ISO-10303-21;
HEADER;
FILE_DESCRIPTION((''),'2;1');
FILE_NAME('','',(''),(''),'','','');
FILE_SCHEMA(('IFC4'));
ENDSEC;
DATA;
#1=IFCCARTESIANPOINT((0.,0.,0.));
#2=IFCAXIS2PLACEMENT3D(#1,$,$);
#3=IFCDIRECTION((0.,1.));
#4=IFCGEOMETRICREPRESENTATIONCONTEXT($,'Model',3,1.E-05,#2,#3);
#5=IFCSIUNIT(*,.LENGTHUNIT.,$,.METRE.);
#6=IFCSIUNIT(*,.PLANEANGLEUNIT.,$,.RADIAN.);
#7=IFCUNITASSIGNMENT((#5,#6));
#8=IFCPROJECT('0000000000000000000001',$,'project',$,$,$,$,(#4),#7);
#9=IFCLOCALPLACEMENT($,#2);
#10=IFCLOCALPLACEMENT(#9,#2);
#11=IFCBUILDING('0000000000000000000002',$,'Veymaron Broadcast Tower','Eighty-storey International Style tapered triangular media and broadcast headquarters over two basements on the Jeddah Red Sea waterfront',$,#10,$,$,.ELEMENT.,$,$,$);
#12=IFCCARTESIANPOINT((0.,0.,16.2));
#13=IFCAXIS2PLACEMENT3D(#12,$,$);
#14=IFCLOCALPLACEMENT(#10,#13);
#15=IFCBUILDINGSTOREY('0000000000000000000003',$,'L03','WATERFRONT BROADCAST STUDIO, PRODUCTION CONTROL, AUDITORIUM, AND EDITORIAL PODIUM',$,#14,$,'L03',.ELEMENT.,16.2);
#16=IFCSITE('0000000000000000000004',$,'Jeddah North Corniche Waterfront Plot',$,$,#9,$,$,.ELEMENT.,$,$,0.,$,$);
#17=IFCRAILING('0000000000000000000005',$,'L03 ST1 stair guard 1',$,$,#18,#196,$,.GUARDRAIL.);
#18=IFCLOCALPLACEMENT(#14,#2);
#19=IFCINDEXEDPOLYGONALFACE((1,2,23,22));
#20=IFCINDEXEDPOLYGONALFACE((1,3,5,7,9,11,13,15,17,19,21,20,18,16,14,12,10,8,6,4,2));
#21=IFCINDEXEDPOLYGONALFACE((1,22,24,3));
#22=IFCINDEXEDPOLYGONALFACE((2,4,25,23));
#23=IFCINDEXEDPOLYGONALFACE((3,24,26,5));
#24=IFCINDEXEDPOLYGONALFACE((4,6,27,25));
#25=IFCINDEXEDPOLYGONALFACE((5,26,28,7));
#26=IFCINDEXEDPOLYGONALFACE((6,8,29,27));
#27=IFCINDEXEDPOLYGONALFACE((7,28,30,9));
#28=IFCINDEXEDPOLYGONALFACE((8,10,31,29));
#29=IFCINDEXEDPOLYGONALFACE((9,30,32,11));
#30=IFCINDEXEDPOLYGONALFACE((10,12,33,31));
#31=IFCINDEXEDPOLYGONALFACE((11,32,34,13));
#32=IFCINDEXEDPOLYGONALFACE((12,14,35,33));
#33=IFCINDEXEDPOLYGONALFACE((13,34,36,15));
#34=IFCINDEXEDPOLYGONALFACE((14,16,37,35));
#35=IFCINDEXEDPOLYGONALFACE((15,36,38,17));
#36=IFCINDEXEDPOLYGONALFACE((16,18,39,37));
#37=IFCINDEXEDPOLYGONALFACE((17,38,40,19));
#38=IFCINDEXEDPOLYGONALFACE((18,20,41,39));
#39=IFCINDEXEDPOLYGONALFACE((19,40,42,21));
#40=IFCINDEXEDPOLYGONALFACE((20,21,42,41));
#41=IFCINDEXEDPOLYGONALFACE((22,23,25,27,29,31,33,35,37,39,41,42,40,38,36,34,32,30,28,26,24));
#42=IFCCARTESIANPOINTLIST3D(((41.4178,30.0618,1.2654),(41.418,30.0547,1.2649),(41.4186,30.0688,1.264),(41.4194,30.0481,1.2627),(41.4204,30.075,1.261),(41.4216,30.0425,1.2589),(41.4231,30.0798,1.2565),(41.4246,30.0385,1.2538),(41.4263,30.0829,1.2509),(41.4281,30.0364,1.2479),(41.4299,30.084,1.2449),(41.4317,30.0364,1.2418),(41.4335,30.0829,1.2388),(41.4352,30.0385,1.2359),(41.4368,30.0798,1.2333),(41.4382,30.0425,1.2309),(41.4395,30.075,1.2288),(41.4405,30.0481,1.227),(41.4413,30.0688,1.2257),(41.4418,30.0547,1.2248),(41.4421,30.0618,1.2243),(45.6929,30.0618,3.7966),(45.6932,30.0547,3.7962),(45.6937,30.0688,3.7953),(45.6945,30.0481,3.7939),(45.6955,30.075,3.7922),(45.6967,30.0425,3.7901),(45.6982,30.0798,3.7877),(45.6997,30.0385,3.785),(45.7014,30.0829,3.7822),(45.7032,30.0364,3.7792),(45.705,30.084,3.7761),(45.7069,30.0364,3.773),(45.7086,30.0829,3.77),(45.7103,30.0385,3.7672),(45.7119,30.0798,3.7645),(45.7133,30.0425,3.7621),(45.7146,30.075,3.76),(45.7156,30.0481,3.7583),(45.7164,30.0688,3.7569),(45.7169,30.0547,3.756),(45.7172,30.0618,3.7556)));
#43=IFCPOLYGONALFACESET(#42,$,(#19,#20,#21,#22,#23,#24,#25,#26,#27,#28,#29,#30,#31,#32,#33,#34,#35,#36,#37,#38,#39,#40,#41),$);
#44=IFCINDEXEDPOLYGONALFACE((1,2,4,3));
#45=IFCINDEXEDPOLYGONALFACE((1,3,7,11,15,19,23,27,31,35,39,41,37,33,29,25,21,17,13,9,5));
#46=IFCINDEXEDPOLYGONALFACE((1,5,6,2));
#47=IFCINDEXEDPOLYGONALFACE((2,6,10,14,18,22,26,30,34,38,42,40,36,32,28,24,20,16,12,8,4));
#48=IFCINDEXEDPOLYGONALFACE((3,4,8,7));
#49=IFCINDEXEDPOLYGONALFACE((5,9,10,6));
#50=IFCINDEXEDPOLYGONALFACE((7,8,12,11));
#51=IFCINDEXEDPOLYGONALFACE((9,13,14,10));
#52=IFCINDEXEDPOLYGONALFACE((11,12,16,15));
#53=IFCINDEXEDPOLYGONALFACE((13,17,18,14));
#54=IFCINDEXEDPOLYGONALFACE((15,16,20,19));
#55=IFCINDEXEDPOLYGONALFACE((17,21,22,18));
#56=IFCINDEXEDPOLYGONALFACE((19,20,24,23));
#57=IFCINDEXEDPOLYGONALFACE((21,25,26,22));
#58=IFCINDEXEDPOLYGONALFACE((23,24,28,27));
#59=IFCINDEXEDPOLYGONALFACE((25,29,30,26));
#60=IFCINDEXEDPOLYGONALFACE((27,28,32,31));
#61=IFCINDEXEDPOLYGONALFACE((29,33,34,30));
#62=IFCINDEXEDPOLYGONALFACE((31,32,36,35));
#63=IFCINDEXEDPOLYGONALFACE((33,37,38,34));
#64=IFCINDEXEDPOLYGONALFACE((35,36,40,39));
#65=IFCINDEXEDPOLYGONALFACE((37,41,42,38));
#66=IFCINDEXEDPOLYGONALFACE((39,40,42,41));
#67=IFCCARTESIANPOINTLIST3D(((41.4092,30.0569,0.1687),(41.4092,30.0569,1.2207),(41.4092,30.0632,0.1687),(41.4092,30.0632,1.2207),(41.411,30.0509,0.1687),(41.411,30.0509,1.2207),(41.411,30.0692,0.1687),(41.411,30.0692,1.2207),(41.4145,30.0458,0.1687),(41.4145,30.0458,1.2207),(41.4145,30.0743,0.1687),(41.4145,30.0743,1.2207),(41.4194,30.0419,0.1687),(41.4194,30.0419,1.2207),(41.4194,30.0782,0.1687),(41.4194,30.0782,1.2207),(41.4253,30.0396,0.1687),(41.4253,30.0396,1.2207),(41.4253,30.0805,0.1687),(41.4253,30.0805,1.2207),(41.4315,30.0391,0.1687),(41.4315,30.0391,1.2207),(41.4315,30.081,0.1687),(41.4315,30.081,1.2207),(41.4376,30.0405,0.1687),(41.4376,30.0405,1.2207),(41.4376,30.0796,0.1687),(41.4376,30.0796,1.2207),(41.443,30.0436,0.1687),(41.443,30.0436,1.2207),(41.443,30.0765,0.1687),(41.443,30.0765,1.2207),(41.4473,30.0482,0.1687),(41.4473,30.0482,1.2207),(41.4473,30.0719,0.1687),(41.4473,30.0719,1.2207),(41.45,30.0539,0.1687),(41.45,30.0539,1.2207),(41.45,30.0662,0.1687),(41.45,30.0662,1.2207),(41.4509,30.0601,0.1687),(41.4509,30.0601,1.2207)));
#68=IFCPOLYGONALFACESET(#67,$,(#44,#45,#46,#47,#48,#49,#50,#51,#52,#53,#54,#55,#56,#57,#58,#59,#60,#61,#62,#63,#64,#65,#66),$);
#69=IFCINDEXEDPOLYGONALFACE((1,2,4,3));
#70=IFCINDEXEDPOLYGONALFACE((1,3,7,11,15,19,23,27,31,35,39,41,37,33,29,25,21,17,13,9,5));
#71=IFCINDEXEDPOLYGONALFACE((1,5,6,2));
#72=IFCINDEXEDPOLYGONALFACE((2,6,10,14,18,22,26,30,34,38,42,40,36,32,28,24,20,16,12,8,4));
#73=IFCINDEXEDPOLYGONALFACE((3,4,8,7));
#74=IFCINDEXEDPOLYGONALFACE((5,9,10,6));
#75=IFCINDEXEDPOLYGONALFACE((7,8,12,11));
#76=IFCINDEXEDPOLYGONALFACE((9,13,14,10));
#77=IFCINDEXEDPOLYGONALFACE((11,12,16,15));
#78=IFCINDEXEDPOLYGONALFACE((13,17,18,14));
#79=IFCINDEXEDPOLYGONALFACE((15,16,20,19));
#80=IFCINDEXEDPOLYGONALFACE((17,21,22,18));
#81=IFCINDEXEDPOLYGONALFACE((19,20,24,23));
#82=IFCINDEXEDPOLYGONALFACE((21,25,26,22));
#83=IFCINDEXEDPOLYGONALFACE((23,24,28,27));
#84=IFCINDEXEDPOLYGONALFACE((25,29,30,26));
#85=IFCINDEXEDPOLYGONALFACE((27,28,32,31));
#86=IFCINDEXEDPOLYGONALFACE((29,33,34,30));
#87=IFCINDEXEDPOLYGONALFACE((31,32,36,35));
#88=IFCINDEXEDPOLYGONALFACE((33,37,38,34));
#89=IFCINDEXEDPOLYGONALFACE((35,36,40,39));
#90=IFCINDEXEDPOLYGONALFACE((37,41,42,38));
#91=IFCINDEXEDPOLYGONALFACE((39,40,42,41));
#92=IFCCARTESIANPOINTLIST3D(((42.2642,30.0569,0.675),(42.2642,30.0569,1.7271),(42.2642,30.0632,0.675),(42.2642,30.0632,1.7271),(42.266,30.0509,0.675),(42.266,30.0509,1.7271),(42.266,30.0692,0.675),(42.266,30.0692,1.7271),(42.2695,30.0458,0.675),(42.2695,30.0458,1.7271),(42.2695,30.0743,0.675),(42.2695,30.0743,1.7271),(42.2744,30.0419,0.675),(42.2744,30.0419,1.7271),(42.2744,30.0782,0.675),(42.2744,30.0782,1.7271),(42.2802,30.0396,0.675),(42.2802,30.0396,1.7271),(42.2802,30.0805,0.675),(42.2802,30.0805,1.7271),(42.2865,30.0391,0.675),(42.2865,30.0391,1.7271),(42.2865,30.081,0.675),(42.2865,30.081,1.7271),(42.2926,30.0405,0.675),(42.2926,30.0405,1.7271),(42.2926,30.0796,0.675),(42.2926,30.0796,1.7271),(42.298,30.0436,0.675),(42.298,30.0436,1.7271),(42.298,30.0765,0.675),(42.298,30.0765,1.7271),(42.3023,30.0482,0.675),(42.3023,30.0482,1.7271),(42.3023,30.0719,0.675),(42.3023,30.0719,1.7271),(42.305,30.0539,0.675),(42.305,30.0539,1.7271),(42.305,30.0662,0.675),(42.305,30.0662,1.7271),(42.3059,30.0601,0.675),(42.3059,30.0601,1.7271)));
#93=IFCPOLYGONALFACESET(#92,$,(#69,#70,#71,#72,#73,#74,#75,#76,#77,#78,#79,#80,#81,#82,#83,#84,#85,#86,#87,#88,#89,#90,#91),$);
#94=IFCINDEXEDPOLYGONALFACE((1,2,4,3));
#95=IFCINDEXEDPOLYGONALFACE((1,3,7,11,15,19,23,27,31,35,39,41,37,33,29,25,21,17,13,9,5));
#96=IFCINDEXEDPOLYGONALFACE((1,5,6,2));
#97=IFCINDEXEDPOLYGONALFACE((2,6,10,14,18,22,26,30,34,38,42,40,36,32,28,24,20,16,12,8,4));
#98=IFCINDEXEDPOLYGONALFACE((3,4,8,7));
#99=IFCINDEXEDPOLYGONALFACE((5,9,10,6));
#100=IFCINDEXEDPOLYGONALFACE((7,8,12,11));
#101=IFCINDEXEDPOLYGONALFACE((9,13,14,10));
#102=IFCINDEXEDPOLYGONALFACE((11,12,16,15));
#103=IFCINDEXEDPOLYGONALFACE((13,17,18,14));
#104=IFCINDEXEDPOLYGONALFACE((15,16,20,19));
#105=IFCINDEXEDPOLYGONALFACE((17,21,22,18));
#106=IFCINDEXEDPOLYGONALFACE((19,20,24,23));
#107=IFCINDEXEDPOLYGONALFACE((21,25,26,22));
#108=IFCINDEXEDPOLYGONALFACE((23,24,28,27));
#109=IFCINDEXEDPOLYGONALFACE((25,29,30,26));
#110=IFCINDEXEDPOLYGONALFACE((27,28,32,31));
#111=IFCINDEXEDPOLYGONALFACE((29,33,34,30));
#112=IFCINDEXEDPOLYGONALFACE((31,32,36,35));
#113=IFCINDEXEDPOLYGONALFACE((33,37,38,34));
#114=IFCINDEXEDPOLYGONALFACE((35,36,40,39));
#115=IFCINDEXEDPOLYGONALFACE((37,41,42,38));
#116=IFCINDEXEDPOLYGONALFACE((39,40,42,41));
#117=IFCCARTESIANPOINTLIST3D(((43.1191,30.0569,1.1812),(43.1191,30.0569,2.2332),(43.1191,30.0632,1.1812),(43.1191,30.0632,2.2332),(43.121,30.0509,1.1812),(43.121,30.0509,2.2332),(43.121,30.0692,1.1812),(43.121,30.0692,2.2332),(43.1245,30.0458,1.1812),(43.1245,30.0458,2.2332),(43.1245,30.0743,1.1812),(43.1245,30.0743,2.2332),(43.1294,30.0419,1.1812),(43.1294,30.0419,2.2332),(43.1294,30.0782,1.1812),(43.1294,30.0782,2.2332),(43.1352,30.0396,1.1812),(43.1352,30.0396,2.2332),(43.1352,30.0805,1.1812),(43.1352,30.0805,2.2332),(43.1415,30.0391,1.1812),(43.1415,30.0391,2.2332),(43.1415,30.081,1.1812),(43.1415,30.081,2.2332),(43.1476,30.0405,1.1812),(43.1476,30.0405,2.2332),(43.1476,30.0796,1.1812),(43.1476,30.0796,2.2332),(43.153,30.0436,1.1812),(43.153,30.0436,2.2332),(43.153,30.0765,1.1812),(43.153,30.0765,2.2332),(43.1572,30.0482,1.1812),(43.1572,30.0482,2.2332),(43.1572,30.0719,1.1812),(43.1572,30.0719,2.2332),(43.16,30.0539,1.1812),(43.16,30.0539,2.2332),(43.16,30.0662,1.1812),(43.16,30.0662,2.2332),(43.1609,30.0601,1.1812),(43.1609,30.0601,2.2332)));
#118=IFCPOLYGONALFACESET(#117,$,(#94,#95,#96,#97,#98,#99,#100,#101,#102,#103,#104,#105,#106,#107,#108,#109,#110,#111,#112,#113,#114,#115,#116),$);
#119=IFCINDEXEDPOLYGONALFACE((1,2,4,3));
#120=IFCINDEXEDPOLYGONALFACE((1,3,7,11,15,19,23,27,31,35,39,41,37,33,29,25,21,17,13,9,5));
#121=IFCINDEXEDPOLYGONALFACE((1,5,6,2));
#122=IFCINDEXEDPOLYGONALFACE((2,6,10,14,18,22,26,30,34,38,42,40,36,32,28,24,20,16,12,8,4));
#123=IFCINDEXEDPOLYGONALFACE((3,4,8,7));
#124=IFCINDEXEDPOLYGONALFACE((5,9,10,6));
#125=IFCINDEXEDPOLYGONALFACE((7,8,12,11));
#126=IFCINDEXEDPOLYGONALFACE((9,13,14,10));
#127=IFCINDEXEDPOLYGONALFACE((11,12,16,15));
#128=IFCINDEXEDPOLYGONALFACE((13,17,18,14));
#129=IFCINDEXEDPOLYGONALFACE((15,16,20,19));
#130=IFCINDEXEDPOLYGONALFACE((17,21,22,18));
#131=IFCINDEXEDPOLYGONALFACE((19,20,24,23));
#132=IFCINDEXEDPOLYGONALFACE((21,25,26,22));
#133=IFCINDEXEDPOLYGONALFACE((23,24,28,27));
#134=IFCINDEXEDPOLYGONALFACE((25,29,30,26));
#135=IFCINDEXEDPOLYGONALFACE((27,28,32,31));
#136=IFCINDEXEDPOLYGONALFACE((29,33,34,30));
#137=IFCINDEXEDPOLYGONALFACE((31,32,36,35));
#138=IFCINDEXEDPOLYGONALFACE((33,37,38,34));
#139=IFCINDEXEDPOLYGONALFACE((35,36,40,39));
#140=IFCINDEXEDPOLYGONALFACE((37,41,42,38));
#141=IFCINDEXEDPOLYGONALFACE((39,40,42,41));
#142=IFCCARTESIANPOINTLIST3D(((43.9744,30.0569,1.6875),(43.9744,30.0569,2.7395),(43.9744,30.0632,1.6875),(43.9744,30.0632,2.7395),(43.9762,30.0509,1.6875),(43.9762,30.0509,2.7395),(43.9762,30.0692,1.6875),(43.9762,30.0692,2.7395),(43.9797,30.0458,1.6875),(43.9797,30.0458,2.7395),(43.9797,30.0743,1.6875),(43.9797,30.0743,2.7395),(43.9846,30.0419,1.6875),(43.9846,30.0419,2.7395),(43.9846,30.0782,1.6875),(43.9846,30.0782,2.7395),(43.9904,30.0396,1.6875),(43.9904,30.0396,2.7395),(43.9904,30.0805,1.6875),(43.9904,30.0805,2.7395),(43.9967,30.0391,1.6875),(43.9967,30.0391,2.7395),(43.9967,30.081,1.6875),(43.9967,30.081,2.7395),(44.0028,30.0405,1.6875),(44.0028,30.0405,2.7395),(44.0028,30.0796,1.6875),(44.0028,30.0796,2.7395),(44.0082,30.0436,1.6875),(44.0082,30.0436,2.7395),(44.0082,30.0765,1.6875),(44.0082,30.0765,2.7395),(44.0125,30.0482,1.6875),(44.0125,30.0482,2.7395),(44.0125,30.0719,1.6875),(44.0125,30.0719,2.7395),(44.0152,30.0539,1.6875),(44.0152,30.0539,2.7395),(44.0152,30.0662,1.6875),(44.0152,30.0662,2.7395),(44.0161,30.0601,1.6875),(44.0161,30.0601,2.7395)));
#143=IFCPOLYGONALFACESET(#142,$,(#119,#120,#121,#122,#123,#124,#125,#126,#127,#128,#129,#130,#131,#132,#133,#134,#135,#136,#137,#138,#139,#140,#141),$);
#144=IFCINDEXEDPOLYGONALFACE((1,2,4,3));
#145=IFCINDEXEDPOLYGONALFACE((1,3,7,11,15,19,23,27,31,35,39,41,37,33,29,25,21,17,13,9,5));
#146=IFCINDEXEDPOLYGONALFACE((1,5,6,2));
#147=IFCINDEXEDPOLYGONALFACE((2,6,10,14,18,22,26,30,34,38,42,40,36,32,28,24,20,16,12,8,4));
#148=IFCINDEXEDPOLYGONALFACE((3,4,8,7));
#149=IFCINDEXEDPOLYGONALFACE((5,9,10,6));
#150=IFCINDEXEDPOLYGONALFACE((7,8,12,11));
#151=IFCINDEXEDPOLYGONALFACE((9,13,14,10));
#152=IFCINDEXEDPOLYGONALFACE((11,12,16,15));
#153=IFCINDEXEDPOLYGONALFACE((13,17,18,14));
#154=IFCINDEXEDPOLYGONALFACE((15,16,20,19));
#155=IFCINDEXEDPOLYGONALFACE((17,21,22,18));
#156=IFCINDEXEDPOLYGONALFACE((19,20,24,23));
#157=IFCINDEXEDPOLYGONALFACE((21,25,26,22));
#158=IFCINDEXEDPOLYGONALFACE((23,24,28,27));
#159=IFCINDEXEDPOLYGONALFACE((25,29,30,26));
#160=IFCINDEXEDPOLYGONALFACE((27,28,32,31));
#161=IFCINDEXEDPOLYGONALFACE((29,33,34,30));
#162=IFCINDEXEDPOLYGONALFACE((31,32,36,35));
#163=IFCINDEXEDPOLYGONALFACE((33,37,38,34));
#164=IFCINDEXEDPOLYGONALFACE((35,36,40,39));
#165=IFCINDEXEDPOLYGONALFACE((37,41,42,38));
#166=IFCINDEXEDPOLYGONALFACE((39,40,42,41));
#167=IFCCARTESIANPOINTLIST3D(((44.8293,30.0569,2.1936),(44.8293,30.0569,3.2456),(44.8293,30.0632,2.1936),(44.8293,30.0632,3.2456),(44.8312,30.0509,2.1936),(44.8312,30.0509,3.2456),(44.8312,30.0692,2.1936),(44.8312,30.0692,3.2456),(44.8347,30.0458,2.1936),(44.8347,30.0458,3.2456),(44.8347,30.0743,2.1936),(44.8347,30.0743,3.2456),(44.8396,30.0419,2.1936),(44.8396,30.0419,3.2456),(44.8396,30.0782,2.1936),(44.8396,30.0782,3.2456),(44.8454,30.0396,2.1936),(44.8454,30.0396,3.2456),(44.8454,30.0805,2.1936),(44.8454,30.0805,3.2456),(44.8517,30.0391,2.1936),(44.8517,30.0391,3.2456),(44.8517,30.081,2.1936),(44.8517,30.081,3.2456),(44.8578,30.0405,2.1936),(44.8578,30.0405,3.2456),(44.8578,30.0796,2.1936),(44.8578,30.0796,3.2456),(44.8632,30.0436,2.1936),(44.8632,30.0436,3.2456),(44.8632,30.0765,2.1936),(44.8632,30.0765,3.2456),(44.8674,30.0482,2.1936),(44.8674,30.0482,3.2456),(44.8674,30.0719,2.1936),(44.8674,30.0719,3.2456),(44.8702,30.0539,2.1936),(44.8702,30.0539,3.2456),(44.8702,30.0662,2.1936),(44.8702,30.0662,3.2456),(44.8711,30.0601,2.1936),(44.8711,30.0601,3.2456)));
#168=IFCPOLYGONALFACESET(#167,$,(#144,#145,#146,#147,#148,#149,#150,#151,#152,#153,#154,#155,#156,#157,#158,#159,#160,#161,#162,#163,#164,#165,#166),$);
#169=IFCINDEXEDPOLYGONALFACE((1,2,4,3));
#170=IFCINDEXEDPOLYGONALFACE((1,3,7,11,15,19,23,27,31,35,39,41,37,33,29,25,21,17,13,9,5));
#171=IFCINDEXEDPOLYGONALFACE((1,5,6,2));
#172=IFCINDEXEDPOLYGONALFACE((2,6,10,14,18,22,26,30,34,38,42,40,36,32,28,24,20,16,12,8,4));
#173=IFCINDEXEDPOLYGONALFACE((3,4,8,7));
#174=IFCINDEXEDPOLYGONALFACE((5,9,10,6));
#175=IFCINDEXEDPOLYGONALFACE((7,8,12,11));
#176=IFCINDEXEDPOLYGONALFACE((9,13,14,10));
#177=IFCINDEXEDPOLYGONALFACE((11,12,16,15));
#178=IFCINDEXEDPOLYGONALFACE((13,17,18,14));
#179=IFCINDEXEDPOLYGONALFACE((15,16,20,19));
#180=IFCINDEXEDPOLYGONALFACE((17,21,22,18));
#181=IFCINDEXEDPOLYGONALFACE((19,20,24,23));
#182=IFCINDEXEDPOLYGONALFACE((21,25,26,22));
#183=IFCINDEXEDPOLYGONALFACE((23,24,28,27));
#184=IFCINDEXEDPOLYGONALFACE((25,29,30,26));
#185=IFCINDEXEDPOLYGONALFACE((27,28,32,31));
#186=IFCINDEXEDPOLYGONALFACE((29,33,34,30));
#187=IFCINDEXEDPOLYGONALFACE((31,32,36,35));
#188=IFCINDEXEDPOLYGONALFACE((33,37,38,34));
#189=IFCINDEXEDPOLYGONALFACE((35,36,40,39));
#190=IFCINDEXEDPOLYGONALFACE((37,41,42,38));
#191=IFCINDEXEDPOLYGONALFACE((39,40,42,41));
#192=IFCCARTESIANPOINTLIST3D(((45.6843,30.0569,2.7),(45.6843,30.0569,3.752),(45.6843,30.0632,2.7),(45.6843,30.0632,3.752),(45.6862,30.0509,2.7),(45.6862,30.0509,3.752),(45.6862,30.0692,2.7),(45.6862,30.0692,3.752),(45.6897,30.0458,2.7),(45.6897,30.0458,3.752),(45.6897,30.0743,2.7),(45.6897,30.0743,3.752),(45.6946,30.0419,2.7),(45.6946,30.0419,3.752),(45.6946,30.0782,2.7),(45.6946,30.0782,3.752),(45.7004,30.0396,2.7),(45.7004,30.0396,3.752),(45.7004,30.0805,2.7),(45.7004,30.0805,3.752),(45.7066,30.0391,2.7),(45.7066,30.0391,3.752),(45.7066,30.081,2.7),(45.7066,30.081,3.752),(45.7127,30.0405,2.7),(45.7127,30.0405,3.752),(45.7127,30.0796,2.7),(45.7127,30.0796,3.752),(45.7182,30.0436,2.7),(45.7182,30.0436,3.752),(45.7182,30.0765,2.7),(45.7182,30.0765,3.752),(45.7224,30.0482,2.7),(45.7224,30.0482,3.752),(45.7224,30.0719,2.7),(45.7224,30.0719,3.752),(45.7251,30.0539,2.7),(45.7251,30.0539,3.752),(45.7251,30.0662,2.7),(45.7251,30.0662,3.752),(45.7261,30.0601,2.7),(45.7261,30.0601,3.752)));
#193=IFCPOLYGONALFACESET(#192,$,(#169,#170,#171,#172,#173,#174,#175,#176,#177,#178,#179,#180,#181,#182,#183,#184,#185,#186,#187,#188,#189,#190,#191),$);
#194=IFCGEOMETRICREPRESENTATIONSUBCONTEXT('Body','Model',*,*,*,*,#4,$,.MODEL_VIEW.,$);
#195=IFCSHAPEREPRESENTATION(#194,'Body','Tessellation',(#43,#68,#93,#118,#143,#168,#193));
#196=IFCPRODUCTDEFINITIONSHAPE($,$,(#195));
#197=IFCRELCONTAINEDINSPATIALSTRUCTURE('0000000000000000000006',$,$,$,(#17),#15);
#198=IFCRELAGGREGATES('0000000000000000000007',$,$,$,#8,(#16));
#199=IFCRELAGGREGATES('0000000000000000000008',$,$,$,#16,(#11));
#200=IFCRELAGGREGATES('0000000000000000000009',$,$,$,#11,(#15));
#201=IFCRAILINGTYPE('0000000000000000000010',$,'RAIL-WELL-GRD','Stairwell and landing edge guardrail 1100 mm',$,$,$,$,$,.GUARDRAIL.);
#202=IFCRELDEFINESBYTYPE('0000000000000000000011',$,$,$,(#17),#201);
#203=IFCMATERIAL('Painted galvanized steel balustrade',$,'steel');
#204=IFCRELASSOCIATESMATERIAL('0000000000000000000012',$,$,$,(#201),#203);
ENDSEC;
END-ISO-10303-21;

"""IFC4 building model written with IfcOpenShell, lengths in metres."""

from ifc_helpers import new_model, si_unit, direction, frame, origin, origin_2d, place, context, subcontext, project, spatial, circle, extrude, material, type_object, element, save


model = new_model("IFC4")

# Units and contexts
model_context = context("Model", 3, precision=1e-05, world=origin(), true_north=direction((0.0, 1.0)))
body_context = subcontext(model_context, "Body", "Model", "MODEL_VIEW")
ifc_project = project(units=[si_unit("LENGTHUNIT", "METRE"), si_unit("PLANEANGLEUNIT", "RADIAN")], contexts=[model_context])

# Site, building, storey
site_placement = place(None, origin())
site = spatial("IfcSite", under=ifc_project, at=site_placement, Name="Jeddah North Corniche Waterfront Plot", CompositionType="ELEMENT", RefElevation=0.0)
building_placement = place(site_placement, origin())
building = spatial("IfcBuilding", under=site, at=building_placement, Name="Veymaron Broadcast Tower", Description="Eighty-storey International Style tapered triangular media and broadcast headquarters over two basements on the Jeddah Red Sea waterfront", CompositionType="ELEMENT")
storey_placement = place(building_placement, frame((0.0, 0.0, 16.2)))
storey = spatial("IfcBuildingStorey", under=building, at=storey_placement, Name="L03", Description="WATERFRONT BROADCAST STUDIO, PRODUCTION CONTROL, AUDITORIUM, AND EDITORIAL PODIUM", LongName="L03", CompositionType="ELEMENT", Elevation=16.2)

# Railing
ifc_material_1 = material(Name="Painted galvanized steel balustrade", Category="steel")
railing_type_1 = type_object("IfcRailingType", Name="RAIL-WELL-GRD", Description="Stairwell and landing edge guardrail 1100 mm", PredefinedType="GUARDRAIL", material=ifc_material_1)
railing_1_placement = place(storey_placement, frame((41.4299, 30.0601, 0.1687)))
element("IfcRailing", 1, at=railing_1_placement, inside=storey, type_object=railing_type_1, Name="L03 ST1 stair guard 1", PredefinedType="GUARDRAIL", context=body_context, shape_type="SweptSolid", body=[
    extrude(circle(Radius=0.0239, at=origin_2d()), frame((0.0, 0.0, 1.0762), z_axis=(0.860483, 0.0, 0.509479), x_axis=(0.0, 1.0, 0.0)), (0.0, 0.0, 1.0), 4.9683),
    extrude(circle(Radius=0.021, at=origin_2d()), origin(), (0.0, 0.0, 1.0), 1.052),
    extrude(circle(Radius=0.021, at=origin_2d()), frame((0.855, 0.0, 0.5063)), (0.0, 0.0, 1.0), 1.052),
    extrude(circle(Radius=0.021, at=origin_2d()), frame((1.71, 0.0, 1.0125)), (0.0, 0.0, 1.0), 1.052),
    extrude(circle(Radius=0.021, at=origin_2d()), frame((2.5652, 0.0, 1.5188)), (0.0, 0.0, 1.0), 1.052),
    extrude(circle(Radius=0.021, at=origin_2d()), frame((3.4202, 0.0, 2.0249)), (0.0, 0.0, 1.0), 1.052),
    extrude(circle(Radius=0.021, at=origin_2d()), frame((4.2751, 0.0, 2.5312)), (0.0, 0.0, 1.0), 1.052),
])

save(model, "model.ifc")
